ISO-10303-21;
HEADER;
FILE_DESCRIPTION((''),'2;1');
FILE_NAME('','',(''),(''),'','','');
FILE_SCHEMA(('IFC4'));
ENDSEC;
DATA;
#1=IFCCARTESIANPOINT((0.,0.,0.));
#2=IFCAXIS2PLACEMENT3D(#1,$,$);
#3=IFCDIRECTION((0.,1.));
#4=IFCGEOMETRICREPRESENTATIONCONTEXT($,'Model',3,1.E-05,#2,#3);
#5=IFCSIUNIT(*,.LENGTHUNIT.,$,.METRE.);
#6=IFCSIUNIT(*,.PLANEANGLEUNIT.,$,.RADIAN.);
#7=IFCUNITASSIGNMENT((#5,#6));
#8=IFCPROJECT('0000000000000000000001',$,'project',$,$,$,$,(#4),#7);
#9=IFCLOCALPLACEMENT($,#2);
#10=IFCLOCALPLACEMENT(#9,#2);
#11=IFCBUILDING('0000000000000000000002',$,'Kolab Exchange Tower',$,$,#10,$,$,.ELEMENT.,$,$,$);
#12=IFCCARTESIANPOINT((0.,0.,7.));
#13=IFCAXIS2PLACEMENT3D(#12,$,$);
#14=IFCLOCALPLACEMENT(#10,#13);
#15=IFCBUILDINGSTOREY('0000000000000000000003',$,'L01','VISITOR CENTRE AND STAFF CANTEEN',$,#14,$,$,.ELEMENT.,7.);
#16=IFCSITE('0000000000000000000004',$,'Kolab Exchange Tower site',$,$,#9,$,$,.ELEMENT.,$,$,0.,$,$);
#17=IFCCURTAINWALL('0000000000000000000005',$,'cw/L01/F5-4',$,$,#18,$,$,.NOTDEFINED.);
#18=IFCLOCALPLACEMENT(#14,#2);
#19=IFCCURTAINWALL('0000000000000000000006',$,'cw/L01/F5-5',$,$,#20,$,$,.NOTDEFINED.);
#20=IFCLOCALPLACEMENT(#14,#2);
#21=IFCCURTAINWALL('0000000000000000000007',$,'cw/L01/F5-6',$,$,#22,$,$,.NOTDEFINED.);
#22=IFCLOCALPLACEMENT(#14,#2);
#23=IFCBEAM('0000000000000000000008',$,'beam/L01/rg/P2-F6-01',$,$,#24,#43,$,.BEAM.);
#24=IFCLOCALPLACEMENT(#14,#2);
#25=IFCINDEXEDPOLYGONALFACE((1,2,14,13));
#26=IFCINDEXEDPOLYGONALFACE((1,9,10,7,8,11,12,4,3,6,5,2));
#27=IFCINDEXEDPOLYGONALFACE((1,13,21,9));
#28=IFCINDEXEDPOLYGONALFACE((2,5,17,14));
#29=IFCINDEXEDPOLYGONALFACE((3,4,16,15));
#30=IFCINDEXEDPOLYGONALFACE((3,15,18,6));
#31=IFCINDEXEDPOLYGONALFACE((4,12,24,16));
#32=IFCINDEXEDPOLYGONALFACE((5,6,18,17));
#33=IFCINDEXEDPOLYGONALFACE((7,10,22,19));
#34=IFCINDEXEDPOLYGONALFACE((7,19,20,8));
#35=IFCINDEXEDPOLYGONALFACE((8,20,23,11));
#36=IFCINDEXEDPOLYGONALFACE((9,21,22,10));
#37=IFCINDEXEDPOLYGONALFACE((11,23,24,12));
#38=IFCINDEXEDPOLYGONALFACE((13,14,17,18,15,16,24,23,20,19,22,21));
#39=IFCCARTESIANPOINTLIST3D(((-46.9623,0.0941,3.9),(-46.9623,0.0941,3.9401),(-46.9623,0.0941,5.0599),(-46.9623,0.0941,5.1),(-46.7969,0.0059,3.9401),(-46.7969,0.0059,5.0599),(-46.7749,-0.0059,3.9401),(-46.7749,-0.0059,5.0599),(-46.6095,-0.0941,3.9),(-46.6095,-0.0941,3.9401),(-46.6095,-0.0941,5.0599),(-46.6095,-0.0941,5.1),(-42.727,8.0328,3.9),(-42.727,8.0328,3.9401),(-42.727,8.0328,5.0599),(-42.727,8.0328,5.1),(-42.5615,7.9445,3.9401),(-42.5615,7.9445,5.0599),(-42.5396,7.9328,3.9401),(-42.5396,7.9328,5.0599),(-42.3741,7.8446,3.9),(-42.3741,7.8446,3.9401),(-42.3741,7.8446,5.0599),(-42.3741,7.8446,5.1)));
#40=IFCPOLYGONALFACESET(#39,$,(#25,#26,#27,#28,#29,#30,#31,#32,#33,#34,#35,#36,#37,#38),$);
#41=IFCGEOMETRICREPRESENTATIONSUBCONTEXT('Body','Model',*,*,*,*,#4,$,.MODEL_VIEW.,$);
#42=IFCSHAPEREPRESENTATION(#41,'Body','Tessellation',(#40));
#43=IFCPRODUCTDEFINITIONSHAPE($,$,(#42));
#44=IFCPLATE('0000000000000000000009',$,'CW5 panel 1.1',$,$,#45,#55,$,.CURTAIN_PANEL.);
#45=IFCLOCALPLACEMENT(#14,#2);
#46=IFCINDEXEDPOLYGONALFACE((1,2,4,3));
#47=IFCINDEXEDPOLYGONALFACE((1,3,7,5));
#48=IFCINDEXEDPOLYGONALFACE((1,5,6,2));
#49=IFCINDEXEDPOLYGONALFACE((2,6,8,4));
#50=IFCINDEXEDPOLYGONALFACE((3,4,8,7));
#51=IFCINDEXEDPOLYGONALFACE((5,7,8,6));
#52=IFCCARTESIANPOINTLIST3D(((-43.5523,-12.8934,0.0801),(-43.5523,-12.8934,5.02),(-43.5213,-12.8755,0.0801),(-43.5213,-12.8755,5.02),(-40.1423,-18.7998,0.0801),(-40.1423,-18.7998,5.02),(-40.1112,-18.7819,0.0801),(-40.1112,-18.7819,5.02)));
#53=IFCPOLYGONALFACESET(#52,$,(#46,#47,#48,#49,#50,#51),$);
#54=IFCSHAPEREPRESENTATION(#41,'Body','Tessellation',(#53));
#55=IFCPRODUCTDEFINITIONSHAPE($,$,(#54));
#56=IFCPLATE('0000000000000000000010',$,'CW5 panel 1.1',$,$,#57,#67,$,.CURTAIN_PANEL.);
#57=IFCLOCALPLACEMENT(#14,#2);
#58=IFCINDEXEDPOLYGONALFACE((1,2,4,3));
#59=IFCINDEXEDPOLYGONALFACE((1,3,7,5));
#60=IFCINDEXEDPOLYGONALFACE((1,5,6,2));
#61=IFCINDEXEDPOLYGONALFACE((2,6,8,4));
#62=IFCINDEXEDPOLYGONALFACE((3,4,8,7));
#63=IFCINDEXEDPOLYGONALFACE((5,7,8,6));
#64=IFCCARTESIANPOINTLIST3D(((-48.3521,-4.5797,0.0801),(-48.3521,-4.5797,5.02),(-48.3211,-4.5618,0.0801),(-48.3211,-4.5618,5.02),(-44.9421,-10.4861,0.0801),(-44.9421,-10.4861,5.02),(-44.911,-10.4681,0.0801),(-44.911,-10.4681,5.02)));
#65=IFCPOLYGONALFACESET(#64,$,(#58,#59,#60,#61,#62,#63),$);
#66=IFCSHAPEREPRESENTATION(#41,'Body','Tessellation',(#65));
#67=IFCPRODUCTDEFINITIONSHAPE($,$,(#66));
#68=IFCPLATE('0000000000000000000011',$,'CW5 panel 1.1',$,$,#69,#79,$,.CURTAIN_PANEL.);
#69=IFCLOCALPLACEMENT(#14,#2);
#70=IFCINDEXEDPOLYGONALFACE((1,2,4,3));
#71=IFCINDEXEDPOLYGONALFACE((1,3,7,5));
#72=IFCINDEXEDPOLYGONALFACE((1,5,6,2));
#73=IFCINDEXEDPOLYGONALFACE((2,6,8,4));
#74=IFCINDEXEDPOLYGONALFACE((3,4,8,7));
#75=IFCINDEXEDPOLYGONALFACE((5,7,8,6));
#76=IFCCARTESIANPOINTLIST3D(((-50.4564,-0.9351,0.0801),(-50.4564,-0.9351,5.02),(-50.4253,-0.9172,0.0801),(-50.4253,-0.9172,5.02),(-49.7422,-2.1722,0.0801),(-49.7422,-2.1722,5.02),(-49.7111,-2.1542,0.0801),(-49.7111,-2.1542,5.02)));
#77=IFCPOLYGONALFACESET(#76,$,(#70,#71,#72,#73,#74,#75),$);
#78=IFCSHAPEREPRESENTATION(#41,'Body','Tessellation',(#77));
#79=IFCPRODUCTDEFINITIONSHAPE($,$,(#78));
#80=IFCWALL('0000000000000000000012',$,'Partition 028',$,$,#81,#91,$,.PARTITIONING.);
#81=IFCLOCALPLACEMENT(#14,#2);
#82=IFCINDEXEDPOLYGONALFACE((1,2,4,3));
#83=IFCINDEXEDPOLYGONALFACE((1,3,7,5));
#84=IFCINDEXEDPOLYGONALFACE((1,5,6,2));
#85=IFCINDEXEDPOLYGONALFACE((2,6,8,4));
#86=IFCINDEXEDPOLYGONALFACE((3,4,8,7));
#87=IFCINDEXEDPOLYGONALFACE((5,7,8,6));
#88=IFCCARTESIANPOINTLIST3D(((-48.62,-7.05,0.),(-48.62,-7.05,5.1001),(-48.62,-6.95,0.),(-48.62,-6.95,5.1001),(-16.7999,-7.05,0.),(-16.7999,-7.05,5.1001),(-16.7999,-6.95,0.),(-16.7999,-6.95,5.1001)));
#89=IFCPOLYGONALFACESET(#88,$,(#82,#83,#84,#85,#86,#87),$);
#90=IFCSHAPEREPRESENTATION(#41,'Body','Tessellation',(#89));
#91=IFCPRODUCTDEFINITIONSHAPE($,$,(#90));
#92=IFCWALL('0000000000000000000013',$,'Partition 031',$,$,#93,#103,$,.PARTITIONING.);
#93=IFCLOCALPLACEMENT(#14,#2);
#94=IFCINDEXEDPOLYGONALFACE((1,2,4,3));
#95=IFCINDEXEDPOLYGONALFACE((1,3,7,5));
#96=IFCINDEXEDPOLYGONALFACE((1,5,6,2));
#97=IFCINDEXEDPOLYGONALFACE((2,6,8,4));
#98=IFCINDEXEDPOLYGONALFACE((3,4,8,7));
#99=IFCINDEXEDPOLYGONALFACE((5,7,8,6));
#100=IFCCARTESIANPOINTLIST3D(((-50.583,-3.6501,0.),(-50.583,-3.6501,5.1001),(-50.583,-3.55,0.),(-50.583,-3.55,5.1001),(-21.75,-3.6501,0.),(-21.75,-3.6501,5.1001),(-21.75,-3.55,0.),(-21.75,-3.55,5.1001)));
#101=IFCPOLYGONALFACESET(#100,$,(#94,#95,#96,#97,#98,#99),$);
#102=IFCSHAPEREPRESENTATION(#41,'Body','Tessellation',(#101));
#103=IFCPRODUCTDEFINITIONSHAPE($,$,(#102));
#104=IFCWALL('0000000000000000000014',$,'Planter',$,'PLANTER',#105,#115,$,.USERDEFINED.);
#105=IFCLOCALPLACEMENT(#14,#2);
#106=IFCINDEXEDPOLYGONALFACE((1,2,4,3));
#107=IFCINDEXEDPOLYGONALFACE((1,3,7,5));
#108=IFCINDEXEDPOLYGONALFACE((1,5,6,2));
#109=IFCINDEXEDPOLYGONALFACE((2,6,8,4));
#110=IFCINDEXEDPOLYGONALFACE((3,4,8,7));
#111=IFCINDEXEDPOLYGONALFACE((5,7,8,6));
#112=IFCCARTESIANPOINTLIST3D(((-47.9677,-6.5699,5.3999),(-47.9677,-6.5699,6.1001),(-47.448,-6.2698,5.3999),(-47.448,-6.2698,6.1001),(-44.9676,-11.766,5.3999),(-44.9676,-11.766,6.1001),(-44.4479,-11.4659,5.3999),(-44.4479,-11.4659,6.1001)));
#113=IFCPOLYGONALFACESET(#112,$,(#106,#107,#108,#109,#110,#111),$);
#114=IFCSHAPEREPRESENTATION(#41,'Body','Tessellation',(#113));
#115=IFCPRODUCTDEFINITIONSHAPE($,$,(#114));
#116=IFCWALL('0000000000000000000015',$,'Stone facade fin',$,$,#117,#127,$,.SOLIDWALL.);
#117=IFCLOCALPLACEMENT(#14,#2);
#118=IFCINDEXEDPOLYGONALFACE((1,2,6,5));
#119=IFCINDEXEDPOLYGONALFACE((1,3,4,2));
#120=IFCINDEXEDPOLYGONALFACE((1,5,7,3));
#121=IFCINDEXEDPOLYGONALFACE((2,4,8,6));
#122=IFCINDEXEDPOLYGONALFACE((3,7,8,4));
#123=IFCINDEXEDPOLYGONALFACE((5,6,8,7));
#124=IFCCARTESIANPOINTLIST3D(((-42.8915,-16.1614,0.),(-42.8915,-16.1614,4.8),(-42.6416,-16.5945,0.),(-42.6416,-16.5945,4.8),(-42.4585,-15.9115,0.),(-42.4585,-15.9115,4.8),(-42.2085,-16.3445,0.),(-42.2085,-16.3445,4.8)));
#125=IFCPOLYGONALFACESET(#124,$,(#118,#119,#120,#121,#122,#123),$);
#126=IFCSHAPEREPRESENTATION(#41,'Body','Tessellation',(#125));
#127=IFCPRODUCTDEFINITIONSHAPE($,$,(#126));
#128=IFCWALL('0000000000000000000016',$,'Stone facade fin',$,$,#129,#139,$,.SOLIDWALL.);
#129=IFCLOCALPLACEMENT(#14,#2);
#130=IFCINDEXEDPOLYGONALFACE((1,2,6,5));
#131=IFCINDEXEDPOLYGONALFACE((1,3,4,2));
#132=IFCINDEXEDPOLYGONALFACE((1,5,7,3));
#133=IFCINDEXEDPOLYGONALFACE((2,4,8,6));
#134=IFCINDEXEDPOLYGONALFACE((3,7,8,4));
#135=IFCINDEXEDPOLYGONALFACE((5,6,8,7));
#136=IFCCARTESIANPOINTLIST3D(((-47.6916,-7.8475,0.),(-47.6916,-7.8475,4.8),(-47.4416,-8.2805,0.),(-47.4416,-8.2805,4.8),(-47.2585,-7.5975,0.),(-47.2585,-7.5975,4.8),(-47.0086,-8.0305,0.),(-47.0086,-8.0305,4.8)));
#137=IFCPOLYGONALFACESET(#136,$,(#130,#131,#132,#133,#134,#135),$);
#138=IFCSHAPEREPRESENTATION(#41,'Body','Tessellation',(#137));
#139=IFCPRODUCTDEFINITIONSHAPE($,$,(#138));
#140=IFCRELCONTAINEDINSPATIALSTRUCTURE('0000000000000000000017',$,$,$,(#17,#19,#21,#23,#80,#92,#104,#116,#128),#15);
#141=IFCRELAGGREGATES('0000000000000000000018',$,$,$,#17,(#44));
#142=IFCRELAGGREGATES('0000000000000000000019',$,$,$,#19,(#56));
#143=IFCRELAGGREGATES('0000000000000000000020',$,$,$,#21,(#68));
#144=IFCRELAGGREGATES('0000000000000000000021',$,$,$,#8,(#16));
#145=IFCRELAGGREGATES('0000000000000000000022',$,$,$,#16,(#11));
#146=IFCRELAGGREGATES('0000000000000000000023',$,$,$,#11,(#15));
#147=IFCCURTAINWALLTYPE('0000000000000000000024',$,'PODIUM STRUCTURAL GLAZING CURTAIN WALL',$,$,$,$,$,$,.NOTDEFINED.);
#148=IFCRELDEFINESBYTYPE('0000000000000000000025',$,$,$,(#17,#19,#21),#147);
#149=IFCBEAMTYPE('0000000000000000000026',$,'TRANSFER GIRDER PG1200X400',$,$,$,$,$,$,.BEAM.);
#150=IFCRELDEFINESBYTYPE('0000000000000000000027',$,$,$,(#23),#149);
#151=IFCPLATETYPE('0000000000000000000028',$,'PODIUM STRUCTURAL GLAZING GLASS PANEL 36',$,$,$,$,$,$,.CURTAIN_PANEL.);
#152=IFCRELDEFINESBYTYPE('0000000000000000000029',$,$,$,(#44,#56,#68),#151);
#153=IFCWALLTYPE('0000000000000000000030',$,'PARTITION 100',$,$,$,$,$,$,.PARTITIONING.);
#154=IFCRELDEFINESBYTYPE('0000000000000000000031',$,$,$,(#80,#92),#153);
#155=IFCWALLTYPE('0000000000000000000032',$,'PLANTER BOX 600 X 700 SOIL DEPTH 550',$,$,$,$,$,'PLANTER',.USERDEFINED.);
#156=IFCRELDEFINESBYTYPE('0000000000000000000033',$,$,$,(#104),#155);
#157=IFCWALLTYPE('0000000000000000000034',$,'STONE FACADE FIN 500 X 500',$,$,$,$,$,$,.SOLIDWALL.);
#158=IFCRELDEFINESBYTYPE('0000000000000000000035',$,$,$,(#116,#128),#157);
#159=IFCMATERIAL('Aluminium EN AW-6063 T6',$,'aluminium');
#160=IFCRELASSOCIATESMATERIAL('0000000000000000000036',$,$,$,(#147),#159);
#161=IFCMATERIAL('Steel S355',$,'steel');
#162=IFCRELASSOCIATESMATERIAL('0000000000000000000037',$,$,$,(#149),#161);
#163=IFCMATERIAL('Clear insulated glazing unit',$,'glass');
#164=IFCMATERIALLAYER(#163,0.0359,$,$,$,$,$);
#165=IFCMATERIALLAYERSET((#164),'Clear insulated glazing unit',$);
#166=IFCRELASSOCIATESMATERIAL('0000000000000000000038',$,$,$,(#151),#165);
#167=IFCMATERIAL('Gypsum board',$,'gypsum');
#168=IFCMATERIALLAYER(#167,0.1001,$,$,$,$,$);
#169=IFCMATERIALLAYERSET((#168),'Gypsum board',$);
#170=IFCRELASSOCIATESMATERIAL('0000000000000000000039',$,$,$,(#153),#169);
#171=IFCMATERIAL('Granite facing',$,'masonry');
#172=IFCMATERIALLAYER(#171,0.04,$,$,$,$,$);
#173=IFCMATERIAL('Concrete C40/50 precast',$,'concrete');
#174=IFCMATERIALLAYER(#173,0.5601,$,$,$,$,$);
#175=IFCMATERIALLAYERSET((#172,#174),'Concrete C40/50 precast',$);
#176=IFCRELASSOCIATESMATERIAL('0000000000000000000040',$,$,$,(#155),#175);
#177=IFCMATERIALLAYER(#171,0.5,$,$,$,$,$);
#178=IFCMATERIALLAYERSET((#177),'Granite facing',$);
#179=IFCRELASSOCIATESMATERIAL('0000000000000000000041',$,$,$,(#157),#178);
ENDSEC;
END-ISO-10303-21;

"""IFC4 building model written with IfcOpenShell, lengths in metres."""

from ifc_helpers import new_model, si_unit, direction, frame, frame_2d, origin, origin_2d, place, context, subcontext, project, spatial, rectangle, i_section, extrude, material, layer, layer_set, material_profile, profile_set, type_object, element, aggregate, save


model = new_model("IFC4")

# Units and contexts
model_context = context("Model", 3, precision=1e-05, world=origin(), true_north=direction((0.0, 1.0)))
body_context = subcontext(model_context, "Body", "Model", "MODEL_VIEW")
ifc_project = project(units=[si_unit("LENGTHUNIT", "METRE"), si_unit("PLANEANGLEUNIT", "RADIAN")], contexts=[model_context])

# Site, building, storey
site_placement = place(None, origin())
site = spatial("IfcSite", under=ifc_project, at=site_placement, Name="Kolab Exchange Tower site", CompositionType="ELEMENT", RefElevation=0.0)
building_placement = place(site_placement, origin())
building = spatial("IfcBuilding", under=site, at=building_placement, Name="Kolab Exchange Tower", CompositionType="ELEMENT")
storey_placement = place(building_placement, frame((0.0, 0.0, 7.0)))
storey = spatial("IfcBuildingStorey", under=building, at=storey_placement, Name="L01", Description="VISITOR CENTRE AND STAFF CANTEEN", CompositionType="ELEMENT", Elevation=7.0)

# Shared definitions
ifc_material_1 = material(Name="Steel S355", Category="steel")

# Curtain wall
ifc_material_2 = material(Name="Aluminium EN AW-6063 T6", Category="aluminium")
curtain_wall_type = type_object("IfcCurtainWallType", Name="PODIUM STRUCTURAL GLAZING CURTAIN WALL", PredefinedType="NOTDEFINED", material=ifc_material_2)
curtain_wall_1_placement = place(storey_placement, origin())
curtain_wall_1 = element("IfcCurtainWall", 1, at=curtain_wall_1_placement, inside=storey, type_object=curtain_wall_type, Name="cw/L01/F5-4", PredefinedType="NOTDEFINED")

# Curtain walls
curtain_wall_2_placement = place(storey_placement, origin())
curtain_wall_2 = element("IfcCurtainWall", 2, at=curtain_wall_2_placement, inside=storey, type_object=curtain_wall_type, Name="cw/L01/F5-5", PredefinedType="NOTDEFINED")
curtain_wall_3_placement = place(storey_placement, origin())
curtain_wall_3 = element("IfcCurtainWall", 3, at=curtain_wall_3_placement, inside=storey, type_object=curtain_wall_type, Name="cw/L01/F5-6", PredefinedType="NOTDEFINED")

# Beam
ifc_material_profile_1 = material_profile(ifc_material_1, i_section(OverallWidth=0.3999, OverallDepth=1.2, WebThickness=0.0249, FlangeThickness=0.04, at=origin_2d()), Name="PG1200X400")
ifc_profile_set_1 = profile_set([ifc_material_profile_1], Name="Steel S355")
beam_type_1 = type_object("IfcBeamType", Name="TRANSFER GIRDER PG1200X400", PredefinedType="BEAM", material=ifc_profile_set_1)
for number, where, z_axis, x_axis, name in (
    (4, (-46.7859, 0.0, 4.5), (0.470707, 0.88229, 0.0), (-0.88229, 0.470707, 0.0), "beam/L01/rg/P2-F6-01"),
):
    element("IfcBeam", number, at=place(storey_placement, frame(where, z_axis=z_axis, x_axis=x_axis)), inside=storey, type_object=beam_type_1, Name=name, PredefinedType="BEAM", context=body_context, shape_type="SweptSolid", body=[
        extrude(i_section(OverallWidth=0.3999, OverallDepth=1.2, WebThickness=0.0249, FlangeThickness=0.04, at=origin_2d()), origin(), (0.0, 0.0, 1.0), 8.9978),
    ])

# Plates
ifc_material_3 = material(Name="Clear insulated glazing unit", Category="glass")
ifc_layer_1 = layer(ifc_material_3, 0.0359)
ifc_layer_set_1 = layer_set([ifc_layer_1], Name="Clear insulated glazing unit")
plate_type = type_object("IfcPlateType", Name="PODIUM STRUCTURAL GLAZING GLASS PANEL 36", PredefinedType="CURTAIN_PANEL", material=ifc_layer_set_1)
plate_1_placement = place(storey_placement, frame((-41.8318, -15.8376, 0.0801), z_axis=(0.0, 0.0, 1.0), x_axis=(-0.5, 0.866025, 0.0)))
plate_1 = element("IfcPlate", 5, at=plate_1_placement, type_object=plate_type, Name="CW5 panel 1.1", PredefinedType="CURTAIN_PANEL", context=body_context, shape_type="SweptSolid", body=[
    extrude(rectangle(XDim=6.8201, YDim=0.0359, at=origin_2d()), origin(), (0.0, 0.0, 1.0), 4.9399),
])
aggregate(curtain_wall_1, [plate_1])
plate_2_placement = place(storey_placement, frame((-46.6316, -7.5239, 0.0801), z_axis=(0.0, 0.0, 1.0), x_axis=(-0.5, 0.866025, 0.0)))
plate_2 = element("IfcPlate", 6, at=plate_2_placement, type_object=plate_type, Name="CW5 panel 1.1", PredefinedType="CURTAIN_PANEL", context=body_context, shape_type="SweptSolid", body=[
    extrude(rectangle(XDim=6.8201, YDim=0.0359, at=origin_2d()), origin(), (0.0, 0.0, 1.0), 4.9399),
])
aggregate(curtain_wall_2, [plate_2])
plate_3_placement = place(storey_placement, frame((-50.0837, -1.5447, 0.0801), z_axis=(0.0, 0.0, 1.0), x_axis=(-0.5, 0.866025, 0.0)))
plate_3 = element("IfcPlate", 7, at=plate_3_placement, type_object=plate_type, Name="CW5 panel 1.1", PredefinedType="CURTAIN_PANEL", context=body_context, shape_type="SweptSolid", body=[
    extrude(rectangle(XDim=1.4285, YDim=0.0359, at=origin_2d()), origin(), (0.0, 0.0, 1.0), 4.9399),
])
aggregate(curtain_wall_3, [plate_3])

# Walls
ifc_material_4 = material(Name="Gypsum board", Category="gypsum")
ifc_layer_2 = layer(ifc_material_4, 0.1001)
ifc_layer_set_2 = layer_set([ifc_layer_2], Name="Gypsum board")
wall_type_1 = type_object("IfcWallType", Name="PARTITION 100", PredefinedType="PARTITIONING", material=ifc_layer_set_2)
wall_1_placement = place(storey_placement, frame((-48.6201, -7.0, 0.0), z_axis=(0.0, 0.0, 1.0), x_axis=(1.0, 0.0, 0.0)))
element("IfcWall", 8, at=wall_1_placement, inside=storey, type_object=wall_type_1, Name="Partition 028", PredefinedType="PARTITIONING", context=body_context, shape_type="SweptSolid", body=[
    extrude(rectangle(XDim=31.8201, YDim=0.1001, at=frame_2d((15.9102, 0.0))), origin(), (0.0, 0.0, 1.0), 5.1001),
])
wall_2_placement = place(storey_placement, frame((-50.583, -3.6001, 0.0), z_axis=(0.0, 0.0, 1.0), x_axis=(1.0, 0.0, 0.0)))
element("IfcWall", 9, at=wall_2_placement, inside=storey, type_object=wall_type_1, Name="Partition 031", PredefinedType="PARTITIONING", context=body_context, shape_type="SweptSolid", body=[
    extrude(rectangle(XDim=28.833, YDim=0.1001, at=frame_2d((14.4165, 0.0))), origin(), (0.0, 0.0, 1.0), 5.1001),
])
ifc_material_5 = material(Name="Granite facing", Category="masonry")
ifc_layer_3 = layer(ifc_material_5, 0.04)
ifc_material_6 = material(Name="Concrete C40/50 precast", Category="concrete")
ifc_layer_4 = layer(ifc_material_6, 0.5601)
ifc_layer_set_3 = layer_set([ifc_layer_3, ifc_layer_4], Name="Concrete C40/50 precast")
wall_type_2 = type_object("IfcWallType", Name="PLANTER BOX 600 X 700 SOIL DEPTH 550", ElementType="PLANTER", PredefinedType="USERDEFINED", material=ifc_layer_set_3)
wall_3_placement = place(storey_placement, frame((-44.7078, -11.616, 5.3999), z_axis=(0.0, 0.0, 1.0), x_axis=(-0.500008, 0.866021, 0.0)))
element("IfcWall", 10, at=wall_3_placement, inside=storey, type_object=wall_type_2, Name="Planter", ObjectType="PLANTER", PredefinedType="USERDEFINED", context=body_context, shape_type="SweptSolid", body=[
    extrude(rectangle(XDim=6.0, YDim=0.6001, at=frame_2d((3.0, 0.0))), origin(), (0.0, 0.0, 1.0), 0.7002),
])
ifc_layer_5 = layer(ifc_material_5, 0.5)
ifc_layer_set_4 = layer_set([ifc_layer_5], Name="Granite facing")
wall_type_3 = type_object("IfcWallType", Name="STONE FACADE FIN 500 X 500", PredefinedType="SOLIDWALL", material=ifc_layer_set_4)
for number, where, z_axis, x_axis, name in (
    (11, (-42.425, -16.4695, 0.0), (0.0, 0.0, 1.0), (-0.49992, 0.866072, 0.0), "Stone facade fin"),
    (12, (-47.2251, -8.1555, 0.0), (0.0, 0.0, 1.0), (-0.49992, 0.866072, 0.0), "Stone facade fin"),
):
    element("IfcWall", number, at=place(storey_placement, frame(where, z_axis=z_axis, x_axis=x_axis)), inside=storey, type_object=wall_type_3, Name=name, PredefinedType="SOLIDWALL", context=body_context, shape_type="SweptSolid", body=[
        extrude(rectangle(XDim=0.5, YDim=0.5, at=frame_2d((0.25, 0.0))), origin(), (0.0, 0.0, 1.0), 4.8),
    ])

save(model, "model.ifc")
